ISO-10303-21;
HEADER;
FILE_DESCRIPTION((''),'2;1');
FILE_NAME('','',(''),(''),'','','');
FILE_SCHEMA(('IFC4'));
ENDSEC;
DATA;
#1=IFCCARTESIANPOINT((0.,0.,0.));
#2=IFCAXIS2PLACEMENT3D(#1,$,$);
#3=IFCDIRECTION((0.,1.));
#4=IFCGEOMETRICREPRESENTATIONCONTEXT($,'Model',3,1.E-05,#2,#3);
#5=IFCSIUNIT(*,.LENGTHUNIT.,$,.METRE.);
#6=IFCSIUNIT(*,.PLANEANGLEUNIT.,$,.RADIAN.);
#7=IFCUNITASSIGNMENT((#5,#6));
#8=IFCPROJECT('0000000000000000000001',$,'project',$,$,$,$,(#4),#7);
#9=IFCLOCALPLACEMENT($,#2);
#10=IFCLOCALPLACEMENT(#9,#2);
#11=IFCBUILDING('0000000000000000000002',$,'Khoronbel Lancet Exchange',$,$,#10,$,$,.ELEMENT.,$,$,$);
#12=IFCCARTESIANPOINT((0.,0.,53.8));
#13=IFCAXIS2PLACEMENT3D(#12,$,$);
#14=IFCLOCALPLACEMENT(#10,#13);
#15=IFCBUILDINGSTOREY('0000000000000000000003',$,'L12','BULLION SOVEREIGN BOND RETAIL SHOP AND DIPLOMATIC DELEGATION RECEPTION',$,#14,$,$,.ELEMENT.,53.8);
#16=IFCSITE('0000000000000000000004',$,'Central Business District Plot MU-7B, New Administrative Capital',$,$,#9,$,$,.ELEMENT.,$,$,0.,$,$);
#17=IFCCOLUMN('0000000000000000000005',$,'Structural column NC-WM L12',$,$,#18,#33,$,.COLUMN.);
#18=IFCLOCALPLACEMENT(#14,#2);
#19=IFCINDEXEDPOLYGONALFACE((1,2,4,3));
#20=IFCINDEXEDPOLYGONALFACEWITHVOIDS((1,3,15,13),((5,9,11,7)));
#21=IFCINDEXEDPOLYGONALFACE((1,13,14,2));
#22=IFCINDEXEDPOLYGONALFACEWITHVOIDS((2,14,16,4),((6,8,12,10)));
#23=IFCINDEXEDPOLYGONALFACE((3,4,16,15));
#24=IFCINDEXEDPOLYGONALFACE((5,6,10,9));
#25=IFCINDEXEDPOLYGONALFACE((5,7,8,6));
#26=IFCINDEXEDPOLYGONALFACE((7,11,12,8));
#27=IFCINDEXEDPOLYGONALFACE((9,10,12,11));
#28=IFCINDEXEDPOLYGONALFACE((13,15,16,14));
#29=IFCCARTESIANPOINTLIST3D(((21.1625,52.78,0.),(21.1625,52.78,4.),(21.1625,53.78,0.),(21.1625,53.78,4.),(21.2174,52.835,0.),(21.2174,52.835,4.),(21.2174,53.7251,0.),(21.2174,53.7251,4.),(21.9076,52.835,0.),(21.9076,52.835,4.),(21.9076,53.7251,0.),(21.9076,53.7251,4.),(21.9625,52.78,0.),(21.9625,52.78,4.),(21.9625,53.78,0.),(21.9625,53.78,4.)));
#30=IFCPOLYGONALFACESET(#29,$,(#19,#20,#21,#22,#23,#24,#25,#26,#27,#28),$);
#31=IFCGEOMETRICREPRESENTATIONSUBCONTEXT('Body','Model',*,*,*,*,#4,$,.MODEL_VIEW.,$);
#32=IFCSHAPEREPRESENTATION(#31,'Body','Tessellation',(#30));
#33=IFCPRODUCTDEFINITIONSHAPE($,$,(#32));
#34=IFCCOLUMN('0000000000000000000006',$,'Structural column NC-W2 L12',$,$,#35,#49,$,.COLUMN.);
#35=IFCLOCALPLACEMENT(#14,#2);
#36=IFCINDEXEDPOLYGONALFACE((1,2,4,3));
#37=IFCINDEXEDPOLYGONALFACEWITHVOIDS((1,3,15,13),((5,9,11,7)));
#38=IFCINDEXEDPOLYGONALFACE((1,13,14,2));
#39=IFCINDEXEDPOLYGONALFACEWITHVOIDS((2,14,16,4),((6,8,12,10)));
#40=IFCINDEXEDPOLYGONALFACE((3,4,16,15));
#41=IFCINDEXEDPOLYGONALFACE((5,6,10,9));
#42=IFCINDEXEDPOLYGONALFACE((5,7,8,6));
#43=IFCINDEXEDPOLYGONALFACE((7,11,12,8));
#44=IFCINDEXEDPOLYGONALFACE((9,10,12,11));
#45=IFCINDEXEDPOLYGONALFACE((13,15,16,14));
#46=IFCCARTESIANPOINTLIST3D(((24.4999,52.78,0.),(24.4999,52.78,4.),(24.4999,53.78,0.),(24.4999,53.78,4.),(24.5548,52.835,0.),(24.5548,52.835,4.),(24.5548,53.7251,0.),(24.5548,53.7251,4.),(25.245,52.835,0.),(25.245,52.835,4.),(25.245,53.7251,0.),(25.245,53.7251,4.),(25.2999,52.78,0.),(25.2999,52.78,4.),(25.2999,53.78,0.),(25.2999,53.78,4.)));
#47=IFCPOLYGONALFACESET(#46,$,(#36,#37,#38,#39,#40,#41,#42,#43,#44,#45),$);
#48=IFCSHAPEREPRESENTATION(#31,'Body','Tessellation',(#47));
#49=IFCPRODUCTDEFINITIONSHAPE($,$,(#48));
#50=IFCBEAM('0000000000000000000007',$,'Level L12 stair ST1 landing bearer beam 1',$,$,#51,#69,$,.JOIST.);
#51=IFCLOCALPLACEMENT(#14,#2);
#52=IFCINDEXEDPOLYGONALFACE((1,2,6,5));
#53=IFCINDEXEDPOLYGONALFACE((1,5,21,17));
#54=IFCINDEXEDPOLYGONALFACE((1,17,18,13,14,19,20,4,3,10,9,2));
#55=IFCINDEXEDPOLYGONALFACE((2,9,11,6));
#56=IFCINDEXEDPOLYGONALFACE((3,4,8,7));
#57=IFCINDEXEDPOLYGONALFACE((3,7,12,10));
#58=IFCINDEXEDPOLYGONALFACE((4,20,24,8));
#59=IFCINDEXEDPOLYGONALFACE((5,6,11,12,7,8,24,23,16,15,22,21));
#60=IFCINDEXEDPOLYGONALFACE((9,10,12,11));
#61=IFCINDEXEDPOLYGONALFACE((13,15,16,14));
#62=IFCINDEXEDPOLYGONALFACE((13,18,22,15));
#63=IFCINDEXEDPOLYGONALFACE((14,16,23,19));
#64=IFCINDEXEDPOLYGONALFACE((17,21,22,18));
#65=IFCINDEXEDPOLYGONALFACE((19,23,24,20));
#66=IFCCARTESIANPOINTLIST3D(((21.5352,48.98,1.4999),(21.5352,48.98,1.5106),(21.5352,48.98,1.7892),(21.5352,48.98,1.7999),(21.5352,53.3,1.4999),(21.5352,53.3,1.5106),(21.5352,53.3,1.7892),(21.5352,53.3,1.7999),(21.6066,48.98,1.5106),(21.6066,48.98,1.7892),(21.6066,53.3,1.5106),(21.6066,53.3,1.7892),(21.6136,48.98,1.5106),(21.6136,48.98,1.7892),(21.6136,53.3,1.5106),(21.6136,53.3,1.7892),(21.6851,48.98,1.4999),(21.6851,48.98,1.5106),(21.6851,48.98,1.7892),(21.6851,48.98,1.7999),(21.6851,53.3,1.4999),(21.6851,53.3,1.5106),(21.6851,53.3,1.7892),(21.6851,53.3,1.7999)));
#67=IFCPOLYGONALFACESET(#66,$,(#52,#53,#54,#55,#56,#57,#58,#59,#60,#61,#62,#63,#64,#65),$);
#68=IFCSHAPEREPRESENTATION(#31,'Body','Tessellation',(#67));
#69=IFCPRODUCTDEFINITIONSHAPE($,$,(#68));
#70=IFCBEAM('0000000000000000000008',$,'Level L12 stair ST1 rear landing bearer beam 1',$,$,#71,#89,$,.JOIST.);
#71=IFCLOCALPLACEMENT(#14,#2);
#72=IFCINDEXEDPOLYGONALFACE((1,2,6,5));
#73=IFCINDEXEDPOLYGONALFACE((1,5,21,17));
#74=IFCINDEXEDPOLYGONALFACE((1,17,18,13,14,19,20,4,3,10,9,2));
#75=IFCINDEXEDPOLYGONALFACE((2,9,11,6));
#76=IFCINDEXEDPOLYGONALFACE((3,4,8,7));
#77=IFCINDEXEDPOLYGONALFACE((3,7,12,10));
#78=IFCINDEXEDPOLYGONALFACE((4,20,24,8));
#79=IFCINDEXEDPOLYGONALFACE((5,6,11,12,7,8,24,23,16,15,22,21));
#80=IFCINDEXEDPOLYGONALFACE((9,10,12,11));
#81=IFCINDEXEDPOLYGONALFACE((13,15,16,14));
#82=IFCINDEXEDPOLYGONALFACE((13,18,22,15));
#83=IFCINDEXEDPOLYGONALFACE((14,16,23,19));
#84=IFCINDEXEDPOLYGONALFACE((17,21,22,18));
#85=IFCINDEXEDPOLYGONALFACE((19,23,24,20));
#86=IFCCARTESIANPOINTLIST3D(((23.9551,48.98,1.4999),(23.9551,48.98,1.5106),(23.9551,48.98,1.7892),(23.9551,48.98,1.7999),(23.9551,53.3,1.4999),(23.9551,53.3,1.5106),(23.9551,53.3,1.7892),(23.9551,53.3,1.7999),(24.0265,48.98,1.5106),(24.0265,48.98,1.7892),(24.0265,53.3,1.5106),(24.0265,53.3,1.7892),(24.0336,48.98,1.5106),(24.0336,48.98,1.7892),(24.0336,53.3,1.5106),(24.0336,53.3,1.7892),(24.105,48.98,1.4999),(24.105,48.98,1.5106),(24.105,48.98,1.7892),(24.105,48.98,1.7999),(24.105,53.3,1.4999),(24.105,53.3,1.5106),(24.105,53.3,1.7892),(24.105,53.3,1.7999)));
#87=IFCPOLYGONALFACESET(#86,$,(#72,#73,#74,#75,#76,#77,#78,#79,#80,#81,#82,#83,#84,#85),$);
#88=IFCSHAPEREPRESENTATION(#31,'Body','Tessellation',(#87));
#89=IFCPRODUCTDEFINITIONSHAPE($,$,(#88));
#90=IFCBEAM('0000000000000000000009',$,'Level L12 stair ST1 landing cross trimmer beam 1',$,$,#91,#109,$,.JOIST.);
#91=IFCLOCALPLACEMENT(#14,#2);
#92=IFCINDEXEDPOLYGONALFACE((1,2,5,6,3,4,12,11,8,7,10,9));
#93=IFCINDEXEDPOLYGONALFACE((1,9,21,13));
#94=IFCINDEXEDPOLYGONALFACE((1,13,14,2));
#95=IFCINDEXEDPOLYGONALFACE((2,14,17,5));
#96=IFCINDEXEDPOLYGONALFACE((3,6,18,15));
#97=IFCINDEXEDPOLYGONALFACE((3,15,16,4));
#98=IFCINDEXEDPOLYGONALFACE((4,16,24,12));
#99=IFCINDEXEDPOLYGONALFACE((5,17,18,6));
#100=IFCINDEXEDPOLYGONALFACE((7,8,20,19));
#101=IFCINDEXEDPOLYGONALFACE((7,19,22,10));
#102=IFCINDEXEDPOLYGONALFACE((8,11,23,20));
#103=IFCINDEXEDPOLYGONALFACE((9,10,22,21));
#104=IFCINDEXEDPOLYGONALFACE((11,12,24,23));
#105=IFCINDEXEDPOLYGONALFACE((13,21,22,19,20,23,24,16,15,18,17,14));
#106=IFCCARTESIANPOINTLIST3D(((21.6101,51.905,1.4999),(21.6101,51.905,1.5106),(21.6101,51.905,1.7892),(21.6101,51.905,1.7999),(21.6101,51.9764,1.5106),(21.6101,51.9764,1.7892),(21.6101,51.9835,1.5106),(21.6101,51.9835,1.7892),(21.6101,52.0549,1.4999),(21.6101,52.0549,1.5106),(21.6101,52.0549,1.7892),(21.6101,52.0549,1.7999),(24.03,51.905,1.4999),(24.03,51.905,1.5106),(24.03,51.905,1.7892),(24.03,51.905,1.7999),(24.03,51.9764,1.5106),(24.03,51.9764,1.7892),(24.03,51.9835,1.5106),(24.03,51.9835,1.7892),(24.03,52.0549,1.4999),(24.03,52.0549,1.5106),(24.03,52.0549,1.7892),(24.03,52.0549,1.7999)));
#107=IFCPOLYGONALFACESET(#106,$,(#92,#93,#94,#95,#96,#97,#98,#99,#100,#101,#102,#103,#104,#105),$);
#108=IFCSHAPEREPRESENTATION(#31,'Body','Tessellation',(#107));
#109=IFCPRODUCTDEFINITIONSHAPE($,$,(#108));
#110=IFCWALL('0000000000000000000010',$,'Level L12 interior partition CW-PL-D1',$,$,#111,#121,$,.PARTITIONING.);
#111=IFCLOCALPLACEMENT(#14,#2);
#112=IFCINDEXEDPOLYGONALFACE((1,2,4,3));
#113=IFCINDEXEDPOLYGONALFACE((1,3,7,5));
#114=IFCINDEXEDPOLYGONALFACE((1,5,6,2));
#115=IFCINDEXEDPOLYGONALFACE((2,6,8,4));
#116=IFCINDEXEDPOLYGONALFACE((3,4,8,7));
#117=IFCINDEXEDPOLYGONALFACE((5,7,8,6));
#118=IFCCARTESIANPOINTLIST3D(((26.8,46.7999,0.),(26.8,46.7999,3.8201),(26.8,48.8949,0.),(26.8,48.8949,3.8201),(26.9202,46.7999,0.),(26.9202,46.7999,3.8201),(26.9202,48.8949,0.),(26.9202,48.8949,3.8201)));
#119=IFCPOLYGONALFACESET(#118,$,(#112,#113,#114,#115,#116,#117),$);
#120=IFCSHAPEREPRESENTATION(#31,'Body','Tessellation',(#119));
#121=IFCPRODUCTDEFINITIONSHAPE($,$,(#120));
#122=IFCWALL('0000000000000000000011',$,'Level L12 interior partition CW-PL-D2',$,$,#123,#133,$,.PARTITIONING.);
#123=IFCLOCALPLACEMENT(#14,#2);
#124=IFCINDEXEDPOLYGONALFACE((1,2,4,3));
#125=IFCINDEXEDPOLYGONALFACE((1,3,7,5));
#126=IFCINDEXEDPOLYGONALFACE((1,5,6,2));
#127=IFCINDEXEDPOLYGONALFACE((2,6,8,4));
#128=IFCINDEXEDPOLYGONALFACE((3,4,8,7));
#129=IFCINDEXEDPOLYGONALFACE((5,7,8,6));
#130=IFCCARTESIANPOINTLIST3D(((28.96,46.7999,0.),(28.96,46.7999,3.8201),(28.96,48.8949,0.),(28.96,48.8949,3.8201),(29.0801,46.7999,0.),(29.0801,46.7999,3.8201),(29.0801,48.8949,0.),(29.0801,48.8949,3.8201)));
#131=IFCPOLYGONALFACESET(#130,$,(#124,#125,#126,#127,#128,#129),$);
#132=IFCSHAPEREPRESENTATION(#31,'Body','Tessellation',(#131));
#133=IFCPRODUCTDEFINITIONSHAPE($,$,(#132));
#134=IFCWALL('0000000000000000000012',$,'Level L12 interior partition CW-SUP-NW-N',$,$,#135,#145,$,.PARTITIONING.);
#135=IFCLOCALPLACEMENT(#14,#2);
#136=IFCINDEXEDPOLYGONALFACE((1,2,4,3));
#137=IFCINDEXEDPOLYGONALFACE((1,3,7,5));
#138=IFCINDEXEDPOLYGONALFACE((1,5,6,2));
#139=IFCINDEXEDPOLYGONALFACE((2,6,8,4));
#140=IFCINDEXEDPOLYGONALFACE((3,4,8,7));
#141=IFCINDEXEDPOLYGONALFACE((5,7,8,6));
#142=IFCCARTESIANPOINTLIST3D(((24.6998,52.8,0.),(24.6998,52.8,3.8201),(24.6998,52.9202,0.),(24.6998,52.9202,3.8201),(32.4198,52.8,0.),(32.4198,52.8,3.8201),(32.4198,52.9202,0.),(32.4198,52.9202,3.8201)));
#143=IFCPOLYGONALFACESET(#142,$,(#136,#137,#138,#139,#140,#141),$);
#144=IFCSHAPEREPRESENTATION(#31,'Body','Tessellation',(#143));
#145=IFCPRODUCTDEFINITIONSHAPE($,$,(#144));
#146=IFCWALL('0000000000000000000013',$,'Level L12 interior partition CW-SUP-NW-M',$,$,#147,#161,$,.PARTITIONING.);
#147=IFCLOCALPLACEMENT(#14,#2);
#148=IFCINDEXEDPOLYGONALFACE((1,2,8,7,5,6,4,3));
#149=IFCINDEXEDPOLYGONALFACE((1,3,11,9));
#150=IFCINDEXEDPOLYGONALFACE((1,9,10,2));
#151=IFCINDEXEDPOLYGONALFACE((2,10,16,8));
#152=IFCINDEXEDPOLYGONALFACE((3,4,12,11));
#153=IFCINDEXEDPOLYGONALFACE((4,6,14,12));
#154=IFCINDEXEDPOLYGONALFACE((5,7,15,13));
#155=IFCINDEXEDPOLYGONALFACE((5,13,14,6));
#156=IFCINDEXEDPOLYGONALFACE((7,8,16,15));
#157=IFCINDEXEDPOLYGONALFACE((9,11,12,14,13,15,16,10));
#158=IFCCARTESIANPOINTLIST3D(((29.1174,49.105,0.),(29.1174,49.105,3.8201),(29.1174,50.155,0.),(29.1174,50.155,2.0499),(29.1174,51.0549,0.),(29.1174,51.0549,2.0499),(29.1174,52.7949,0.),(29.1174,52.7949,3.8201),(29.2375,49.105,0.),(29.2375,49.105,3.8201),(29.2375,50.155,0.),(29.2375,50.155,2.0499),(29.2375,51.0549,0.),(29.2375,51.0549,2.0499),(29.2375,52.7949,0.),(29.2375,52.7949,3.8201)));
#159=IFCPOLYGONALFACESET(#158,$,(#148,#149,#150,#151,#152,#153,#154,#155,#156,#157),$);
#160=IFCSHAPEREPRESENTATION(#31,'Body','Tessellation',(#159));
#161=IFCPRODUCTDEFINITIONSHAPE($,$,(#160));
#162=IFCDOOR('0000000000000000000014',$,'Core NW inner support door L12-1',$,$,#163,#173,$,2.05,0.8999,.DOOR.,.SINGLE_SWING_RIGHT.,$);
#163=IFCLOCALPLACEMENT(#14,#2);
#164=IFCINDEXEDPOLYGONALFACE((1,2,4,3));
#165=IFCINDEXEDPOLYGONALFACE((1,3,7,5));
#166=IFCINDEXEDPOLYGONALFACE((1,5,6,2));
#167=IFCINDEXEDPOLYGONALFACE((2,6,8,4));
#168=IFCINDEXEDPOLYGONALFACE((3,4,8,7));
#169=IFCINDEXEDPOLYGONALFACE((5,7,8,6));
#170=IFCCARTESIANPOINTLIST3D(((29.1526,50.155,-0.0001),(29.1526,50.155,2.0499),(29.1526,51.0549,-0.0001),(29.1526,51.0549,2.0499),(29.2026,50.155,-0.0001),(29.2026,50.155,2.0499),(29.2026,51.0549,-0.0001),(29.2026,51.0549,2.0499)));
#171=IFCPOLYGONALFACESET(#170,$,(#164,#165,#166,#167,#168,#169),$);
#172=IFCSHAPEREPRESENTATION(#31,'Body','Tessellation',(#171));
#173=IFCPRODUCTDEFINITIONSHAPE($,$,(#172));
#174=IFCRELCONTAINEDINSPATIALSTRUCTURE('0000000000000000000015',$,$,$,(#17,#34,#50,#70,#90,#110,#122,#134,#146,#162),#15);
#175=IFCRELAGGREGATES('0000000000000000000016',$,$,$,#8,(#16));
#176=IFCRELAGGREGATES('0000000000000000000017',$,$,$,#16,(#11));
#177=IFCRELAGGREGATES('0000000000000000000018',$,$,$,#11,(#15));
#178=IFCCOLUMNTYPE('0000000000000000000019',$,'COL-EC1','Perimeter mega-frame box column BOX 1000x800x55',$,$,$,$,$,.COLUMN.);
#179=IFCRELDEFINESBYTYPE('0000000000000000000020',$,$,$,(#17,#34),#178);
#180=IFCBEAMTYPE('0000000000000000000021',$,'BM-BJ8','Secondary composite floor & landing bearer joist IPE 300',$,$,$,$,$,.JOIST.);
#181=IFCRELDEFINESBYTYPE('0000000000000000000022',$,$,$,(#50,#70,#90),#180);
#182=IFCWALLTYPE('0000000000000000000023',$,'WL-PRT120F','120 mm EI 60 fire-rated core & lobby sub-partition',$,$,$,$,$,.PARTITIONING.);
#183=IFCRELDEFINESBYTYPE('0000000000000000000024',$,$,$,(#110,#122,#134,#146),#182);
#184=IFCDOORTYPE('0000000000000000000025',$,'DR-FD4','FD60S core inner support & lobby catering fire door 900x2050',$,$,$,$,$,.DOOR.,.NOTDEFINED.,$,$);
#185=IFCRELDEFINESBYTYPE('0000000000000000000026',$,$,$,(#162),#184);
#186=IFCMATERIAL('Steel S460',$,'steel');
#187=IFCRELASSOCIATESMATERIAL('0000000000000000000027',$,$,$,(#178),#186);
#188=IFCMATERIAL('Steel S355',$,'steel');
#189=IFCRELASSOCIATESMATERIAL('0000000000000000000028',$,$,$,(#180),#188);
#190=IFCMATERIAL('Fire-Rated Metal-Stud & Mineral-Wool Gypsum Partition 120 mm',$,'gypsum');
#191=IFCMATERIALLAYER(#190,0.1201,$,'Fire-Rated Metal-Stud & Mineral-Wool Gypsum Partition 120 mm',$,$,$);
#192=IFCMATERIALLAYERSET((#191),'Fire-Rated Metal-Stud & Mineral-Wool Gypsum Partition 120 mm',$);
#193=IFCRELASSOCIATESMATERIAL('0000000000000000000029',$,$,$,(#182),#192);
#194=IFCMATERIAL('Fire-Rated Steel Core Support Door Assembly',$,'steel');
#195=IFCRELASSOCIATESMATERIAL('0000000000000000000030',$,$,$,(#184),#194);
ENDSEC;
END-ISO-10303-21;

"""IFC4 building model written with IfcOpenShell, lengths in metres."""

from ifc_helpers import new_model, si_unit, direction, frame, frame_2d, origin, origin_2d, place, context, subcontext, project, spatial, rectangle, hollow_rectangle, i_section, extrude, material, layer, layer_set, material_profile, profile_set, type_object, element, fill, save


model = new_model("IFC4")

# Units and contexts
model_context = context("Model", 3, precision=1e-05, world=origin(), true_north=direction((0.0, 1.0)))
body_context = subcontext(model_context, "Body", "Model", "MODEL_VIEW")
ifc_project = project(units=[si_unit("LENGTHUNIT", "METRE"), si_unit("PLANEANGLEUNIT", "RADIAN")], contexts=[model_context])

# Site, building, storey
site_placement = place(None, origin())
site = spatial("IfcSite", under=ifc_project, at=site_placement, Name="Central Business District Plot MU-7B, New Administrative Capital", CompositionType="ELEMENT", RefElevation=0.0)
building_placement = place(site_placement, origin())
building = spatial("IfcBuilding", under=site, at=building_placement, Name="Khoronbel Lancet Exchange", CompositionType="ELEMENT")
storey_placement = place(building_placement, frame((0.0, 0.0, 53.8)))
storey = spatial("IfcBuildingStorey", under=building, at=storey_placement, Name="L12", Description="BULLION SOVEREIGN BOND RETAIL SHOP AND DIPLOMATIC DELEGATION RECEPTION", CompositionType="ELEMENT", Elevation=53.8)

# Columns
ifc_material_1 = material(Name="Steel S460", Category="steel")
ifc_material_profile_1 = material_profile(ifc_material_1, hollow_rectangle(XDim=0.8, YDim=1.0, WallThickness=0.0549, at=origin_2d()), Name="BOX 1000x800x55")
ifc_profile_set_1 = profile_set([ifc_material_profile_1], Name="Steel S460")
column_type = type_object("IfcColumnType", Name="COL-EC1", Description="Perimeter mega-frame box column BOX 1000x800x55", PredefinedType="COLUMN", material=ifc_profile_set_1)
for number, where, z_axis, x_axis, name in (
    (1, (21.5625, 53.28, 0.0), (0.0, 0.0, 1.0), (1.0, 0.0, 0.0), "Structural column NC-WM L12"),
    (2, (24.8999, 53.28, 0.0), (0.0, 0.0, 1.0), (1.0, 0.0, 0.0), "Structural column NC-W2 L12"),
):
    element("IfcColumn", number, at=place(storey_placement, frame(where, z_axis=z_axis, x_axis=x_axis)), inside=storey, type_object=column_type, Name=name, PredefinedType="COLUMN", context=body_context, shape_type="SweptSolid", body=[
        extrude(hollow_rectangle(XDim=0.8, YDim=1.0, WallThickness=0.0549, at=origin_2d()), origin(), (0.0, 0.0, 1.0), 4.0),
    ])

# Beams
ifc_material_2 = material(Name="Steel S355", Category="steel")
ifc_material_profile_2 = material_profile(ifc_material_2, i_section(OverallWidth=0.1499, OverallDepth=0.3, WebThickness=0.0071, FlangeThickness=0.0107, at=origin_2d()), Name="IPE 300")
ifc_profile_set_2 = profile_set([ifc_material_profile_2], Name="Steel S355")
beam_type = type_object("IfcBeamType", Name="BM-BJ8", Description="Secondary composite floor & landing bearer joist IPE 300", PredefinedType="JOIST", material=ifc_profile_set_2)
for number, where, z_axis, x_axis, name in (
    (3, (21.6101, 48.98, 1.6499), (0.0, 1.0, 0.0), (-1.0, 0.0, 0.0), "Level L12 stair ST1 landing bearer beam 1"),
    (4, (24.03, 48.98, 1.6499), (0.0, 1.0, 0.0), (-1.0, 0.0, 0.0), "Level L12 stair ST1 rear landing bearer beam 1"),
):
    element("IfcBeam", number, at=place(storey_placement, frame(where, z_axis=z_axis, x_axis=x_axis)), inside=storey, type_object=beam_type, Name=name, PredefinedType="JOIST", context=body_context, shape_type="SweptSolid", body=[
        extrude(i_section(OverallWidth=0.1499, OverallDepth=0.3, WebThickness=0.0071, FlangeThickness=0.0107, at=origin_2d()), origin(), (0.0, 0.0, 1.0), 4.3201),
    ])
beam_placement = place(storey_placement, frame((21.6101, 51.98, 1.6499), z_axis=(1.0, 0.0, 0.0), x_axis=(0.0, 1.0, 0.0)))
element("IfcBeam", 5, at=beam_placement, inside=storey, type_object=beam_type, Name="Level L12 stair ST1 landing cross trimmer beam 1", PredefinedType="JOIST", context=body_context, shape_type="SweptSolid", body=[
    extrude(i_section(OverallWidth=0.1499, OverallDepth=0.3, WebThickness=0.0071, FlangeThickness=0.0107, at=origin_2d()), origin(), (0.0, 0.0, 1.0), 2.4199),
])

# Walls
ifc_material_3 = material(Name="Fire-Rated Metal-Stud & Mineral-Wool Gypsum Partition 120 mm", Category="gypsum")
ifc_layer_1 = layer(ifc_material_3, 0.1201, Name="Fire-Rated Metal-Stud & Mineral-Wool Gypsum Partition 120 mm")
ifc_layer_set_1 = layer_set([ifc_layer_1], Name="Fire-Rated Metal-Stud & Mineral-Wool Gypsum Partition 120 mm")
wall_type_1 = type_object("IfcWallType", Name="WL-PRT120F", Description="120 mm EI 60 fire-rated core & lobby sub-partition", PredefinedType="PARTITIONING", material=ifc_layer_set_1)
for number, where, z_axis, x_axis, name in (
    (6, (26.8601, 46.8, 0.0), (0.0, 0.0, 1.0), (0.0, 1.0, 0.0), "Level L12 interior partition CW-PL-D1"),
    (7, (29.02, 46.8, 0.0), (0.0, 0.0, 1.0), (0.0, 1.0, 0.0), "Level L12 interior partition CW-PL-D2"),
):
    element("IfcWall", number, at=place(storey_placement, frame(where, z_axis=z_axis, x_axis=x_axis)), inside=storey, type_object=wall_type_1, Name=name, PredefinedType="PARTITIONING", context=body_context, shape_type="SweptSolid", body=[
        extrude(rectangle(XDim=2.095, YDim=0.1201, at=frame_2d((1.0474, 0.0))), origin(), (0.0, 0.0, 1.0), 3.8201),
    ])
wall_1_placement = place(storey_placement, frame((24.7, 52.8601, 0.0), z_axis=(0.0, 0.0, 1.0), x_axis=(1.0, 0.0, 0.0)))
element("IfcWall", 8, at=wall_1_placement, inside=storey, type_object=wall_type_1, Name="Level L12 interior partition CW-SUP-NW-N", PredefinedType="PARTITIONING", context=body_context, shape_type="SweptSolid", body=[
    extrude(rectangle(XDim=7.72, YDim=0.1201, at=frame_2d((3.8599, 0.0))), origin(), (0.0, 0.0, 1.0), 3.8201),
])

# Wall, opening, door
wall_2_placement = place(storey_placement, frame((29.1775, 49.105, 0.0), z_axis=(0.0, 0.0, 1.0), x_axis=(0.0, 1.0, 0.0)))
wall_2 = element("IfcWall", 9, at=wall_2_placement, inside=storey, type_object=wall_type_1, Name="Level L12 interior partition CW-SUP-NW-M", PredefinedType="PARTITIONING", context=body_context, shape_type="SweptSolid", body=[
    extrude(rectangle(XDim=3.6899, YDim=0.1201, at=frame_2d((1.845, 0.0))), origin(), (0.0, 0.0, 1.0), 3.8201),
])
opening_1_placement = place(wall_2_placement, frame((1.05, 0.0, 0.0)))
opening_1 = element("IfcOpeningElement", 10, at=opening_1_placement, cuts=wall_2, PredefinedType="OPENING", context=body_context, shape_type="SweptSolid", body=[
    extrude(rectangle(XDim=0.8999, YDim=2.05, at=frame_2d((0.45, 1.0249))), frame((0.0, 0.0701, 0.0), z_axis=(0.0, -1.0, 0.0), x_axis=(1.0, 0.0, 0.0)), (0.0, 0.0, 1.0), 0.1401),
])
ifc_material_4 = material(Name="Fire-Rated Steel Core Support Door Assembly", Category="steel")
door_type_1 = type_object("IfcDoorType", Name="DR-FD4", Description="FD60S core inner support & lobby catering fire door 900x2050", OperationType="NOTDEFINED", PredefinedType="DOOR", material=ifc_material_4)
door_1_placement = place(opening_1_placement, origin())
door_1 = element("IfcDoor", 11, at=door_1_placement, inside=storey, type_object=door_type_1, Name="Core NW inner support door L12-1", OperationType="SINGLE_SWING_RIGHT", OverallHeight=2.05, OverallWidth=0.8999, PredefinedType="DOOR", context=body_context, shape_type="SweptSolid", body=[
    extrude(rectangle(XDim=0.8999, YDim=2.05, at=frame_2d((0.45, 1.0249))), frame((0.0, 0.0249, 0.0), z_axis=(0.0, -1.0, 0.0), x_axis=(1.0, 0.0, 0.0)), (0.0, 0.0, 1.0), 0.05),
])
fill(opening_1, door_1)

save(model, "model.ifc")
